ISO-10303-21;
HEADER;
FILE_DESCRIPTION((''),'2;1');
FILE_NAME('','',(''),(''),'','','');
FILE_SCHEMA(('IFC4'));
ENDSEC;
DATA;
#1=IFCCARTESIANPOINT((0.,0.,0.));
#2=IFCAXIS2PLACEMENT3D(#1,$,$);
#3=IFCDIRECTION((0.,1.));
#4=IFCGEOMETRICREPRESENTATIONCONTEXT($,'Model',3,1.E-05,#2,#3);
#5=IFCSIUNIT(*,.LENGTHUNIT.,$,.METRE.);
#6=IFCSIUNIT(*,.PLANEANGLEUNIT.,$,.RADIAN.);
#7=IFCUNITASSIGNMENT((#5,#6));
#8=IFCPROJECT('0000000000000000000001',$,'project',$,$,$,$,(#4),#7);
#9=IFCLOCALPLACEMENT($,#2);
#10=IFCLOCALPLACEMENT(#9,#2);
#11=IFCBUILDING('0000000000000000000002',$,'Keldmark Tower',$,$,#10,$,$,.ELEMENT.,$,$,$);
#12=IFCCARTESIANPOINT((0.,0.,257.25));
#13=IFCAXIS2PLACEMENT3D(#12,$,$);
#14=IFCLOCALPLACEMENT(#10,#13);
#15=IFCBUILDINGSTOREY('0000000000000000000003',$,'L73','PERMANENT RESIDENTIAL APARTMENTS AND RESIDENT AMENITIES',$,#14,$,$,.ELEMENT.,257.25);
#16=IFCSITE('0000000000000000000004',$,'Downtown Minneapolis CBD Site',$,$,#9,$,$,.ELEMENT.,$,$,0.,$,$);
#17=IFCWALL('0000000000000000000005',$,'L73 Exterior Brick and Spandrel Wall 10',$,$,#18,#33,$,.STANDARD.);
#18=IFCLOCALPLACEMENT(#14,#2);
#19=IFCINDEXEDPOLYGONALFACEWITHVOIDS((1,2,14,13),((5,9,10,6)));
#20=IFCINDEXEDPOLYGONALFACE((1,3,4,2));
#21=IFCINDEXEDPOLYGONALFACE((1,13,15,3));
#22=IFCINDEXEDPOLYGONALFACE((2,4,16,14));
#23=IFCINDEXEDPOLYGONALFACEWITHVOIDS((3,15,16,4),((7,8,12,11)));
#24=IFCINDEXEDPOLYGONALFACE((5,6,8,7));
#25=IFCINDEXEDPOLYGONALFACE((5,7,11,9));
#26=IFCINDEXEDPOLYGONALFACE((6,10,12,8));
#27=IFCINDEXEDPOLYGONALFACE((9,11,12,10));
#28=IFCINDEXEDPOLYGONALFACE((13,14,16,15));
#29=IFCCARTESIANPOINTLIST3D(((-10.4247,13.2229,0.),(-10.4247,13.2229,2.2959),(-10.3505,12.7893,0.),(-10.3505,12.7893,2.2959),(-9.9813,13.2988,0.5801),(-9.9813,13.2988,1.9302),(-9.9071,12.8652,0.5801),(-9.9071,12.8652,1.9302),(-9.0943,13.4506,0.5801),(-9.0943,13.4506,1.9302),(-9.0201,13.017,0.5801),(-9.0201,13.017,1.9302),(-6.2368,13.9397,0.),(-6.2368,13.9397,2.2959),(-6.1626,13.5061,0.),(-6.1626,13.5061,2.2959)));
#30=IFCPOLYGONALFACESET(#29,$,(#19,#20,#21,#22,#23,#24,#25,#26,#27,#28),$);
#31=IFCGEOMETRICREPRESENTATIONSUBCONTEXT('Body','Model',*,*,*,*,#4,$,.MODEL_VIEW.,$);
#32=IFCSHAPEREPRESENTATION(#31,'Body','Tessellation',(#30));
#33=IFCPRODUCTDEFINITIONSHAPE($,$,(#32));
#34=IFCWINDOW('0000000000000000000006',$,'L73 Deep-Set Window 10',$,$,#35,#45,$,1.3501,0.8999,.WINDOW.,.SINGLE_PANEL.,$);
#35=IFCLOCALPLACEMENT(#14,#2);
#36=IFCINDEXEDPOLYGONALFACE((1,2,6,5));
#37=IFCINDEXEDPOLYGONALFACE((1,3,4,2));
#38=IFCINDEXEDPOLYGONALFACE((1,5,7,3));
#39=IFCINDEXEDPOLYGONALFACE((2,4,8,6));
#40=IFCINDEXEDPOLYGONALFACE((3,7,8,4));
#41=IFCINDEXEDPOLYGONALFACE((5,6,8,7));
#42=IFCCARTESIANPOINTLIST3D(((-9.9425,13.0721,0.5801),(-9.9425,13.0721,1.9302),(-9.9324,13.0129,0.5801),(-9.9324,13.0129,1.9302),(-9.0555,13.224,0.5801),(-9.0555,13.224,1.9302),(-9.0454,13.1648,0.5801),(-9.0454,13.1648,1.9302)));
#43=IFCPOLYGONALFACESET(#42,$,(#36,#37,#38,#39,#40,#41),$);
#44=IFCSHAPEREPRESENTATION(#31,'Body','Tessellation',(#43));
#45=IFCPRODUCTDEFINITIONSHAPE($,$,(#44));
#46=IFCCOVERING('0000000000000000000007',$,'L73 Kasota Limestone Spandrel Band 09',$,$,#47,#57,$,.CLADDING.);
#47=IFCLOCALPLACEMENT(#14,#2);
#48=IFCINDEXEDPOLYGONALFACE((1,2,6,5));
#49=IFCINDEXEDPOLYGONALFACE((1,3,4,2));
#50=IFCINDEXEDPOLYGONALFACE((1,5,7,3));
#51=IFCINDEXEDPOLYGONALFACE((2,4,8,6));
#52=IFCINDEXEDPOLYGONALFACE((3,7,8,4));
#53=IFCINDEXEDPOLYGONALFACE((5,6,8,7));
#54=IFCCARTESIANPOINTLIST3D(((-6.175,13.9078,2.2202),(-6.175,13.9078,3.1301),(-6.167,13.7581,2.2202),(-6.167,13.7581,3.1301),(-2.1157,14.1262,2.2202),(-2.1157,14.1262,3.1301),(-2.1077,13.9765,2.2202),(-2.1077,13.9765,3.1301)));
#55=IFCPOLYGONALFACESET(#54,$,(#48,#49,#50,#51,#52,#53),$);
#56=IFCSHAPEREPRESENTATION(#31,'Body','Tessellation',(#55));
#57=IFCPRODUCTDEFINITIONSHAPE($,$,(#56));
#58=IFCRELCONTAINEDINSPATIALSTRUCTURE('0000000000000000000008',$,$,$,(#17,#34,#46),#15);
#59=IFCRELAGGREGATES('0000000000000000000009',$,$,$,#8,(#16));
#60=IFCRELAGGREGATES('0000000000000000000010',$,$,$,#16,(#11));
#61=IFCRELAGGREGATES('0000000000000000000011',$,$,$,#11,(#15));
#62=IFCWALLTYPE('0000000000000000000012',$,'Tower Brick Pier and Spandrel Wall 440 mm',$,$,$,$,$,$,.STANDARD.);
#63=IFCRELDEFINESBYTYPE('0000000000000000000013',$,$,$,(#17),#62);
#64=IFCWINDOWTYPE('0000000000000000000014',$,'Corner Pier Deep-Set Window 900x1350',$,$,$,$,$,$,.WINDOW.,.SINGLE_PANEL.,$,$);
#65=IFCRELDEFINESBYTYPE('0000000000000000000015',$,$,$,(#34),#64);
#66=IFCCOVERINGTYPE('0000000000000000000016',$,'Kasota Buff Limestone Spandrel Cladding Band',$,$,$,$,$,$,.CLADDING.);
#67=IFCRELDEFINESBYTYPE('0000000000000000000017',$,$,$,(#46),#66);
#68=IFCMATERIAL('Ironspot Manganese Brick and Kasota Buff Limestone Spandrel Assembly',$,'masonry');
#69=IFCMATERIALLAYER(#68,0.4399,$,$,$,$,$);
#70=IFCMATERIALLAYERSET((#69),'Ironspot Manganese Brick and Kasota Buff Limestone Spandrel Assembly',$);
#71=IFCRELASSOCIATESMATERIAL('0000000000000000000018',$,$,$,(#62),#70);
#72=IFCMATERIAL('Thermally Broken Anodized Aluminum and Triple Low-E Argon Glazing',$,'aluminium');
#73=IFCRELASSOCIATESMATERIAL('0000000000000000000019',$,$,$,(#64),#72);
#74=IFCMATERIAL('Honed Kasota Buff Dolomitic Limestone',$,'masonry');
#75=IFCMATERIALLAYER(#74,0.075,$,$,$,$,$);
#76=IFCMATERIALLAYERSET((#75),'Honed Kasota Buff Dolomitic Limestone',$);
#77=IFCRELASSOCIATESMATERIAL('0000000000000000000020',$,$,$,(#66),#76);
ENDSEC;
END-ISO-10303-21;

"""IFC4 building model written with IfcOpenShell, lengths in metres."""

from ifc_helpers import new_model, si_unit, direction, frame, frame_2d, origin, origin_2d, place, context, subcontext, project, spatial, rectangle, extrude, material, layer, layer_set, type_object, element, fill, save


model = new_model("IFC4")

# Units and contexts
model_context = context("Model", 3, precision=1e-05, world=origin(), true_north=direction((0.0, 1.0)))
body_context = subcontext(model_context, "Body", "Model", "MODEL_VIEW")
ifc_project = project(units=[si_unit("LENGTHUNIT", "METRE"), si_unit("PLANEANGLEUNIT", "RADIAN")], contexts=[model_context])

# Site, building, storey
site_placement = place(None, origin())
site = spatial("IfcSite", under=ifc_project, at=site_placement, Name="Downtown Minneapolis CBD Site", CompositionType="ELEMENT", RefElevation=0.0)
building_placement = place(site_placement, origin())
building = spatial("IfcBuilding", under=site, at=building_placement, Name="Keldmark Tower", CompositionType="ELEMENT")
storey_placement = place(building_placement, frame((0.0, 0.0, 257.25)))
storey = spatial("IfcBuildingStorey", under=building, at=storey_placement, Name="L73", Description="PERMANENT RESIDENTIAL APARTMENTS AND RESIDENT AMENITIES", CompositionType="ELEMENT", Elevation=257.25)

# Wall, opening, window
ifc_material_1 = material(Name="Ironspot Manganese Brick and Kasota Buff Limestone Spandrel Assembly", Category="masonry")
ifc_layer_1 = layer(ifc_material_1, 0.4399)
ifc_layer_set_1 = layer_set([ifc_layer_1], Name="Ironspot Manganese Brick and Kasota Buff Limestone Spandrel Assembly")
wall_type_1 = type_object("IfcWallType", Name="Tower Brick Pier and Spandrel Wall 440 mm", PredefinedType="STANDARD", material=ifc_layer_set_1)
ifc_material_2 = material(Name="Thermally Broken Anodized Aluminum and Triple Low-E Argon Glazing", Category="aluminium")
window_type = type_object("IfcWindowType", Name="Corner Pier Deep-Set Window 900x1350", PartitioningType="SINGLE_PANEL", PredefinedType="WINDOW", material=ifc_material_2)
wall_1_placement = place(storey_placement, frame((-10.3877, 13.0061, 0.0), z_axis=(0.0, 0.0, 1.0), x_axis=(0.985667, 0.168702, 0.0)))
wall_1 = element("IfcWall", 1, at=wall_1_placement, inside=storey, type_object=wall_type_1, Name="L73 Exterior Brick and Spandrel Wall 10", PredefinedType="STANDARD", context=body_context, shape_type="SweptSolid", body=[
    extrude(rectangle(XDim=4.2488, YDim=0.4399, at=frame_2d((2.1245, 0.0))), origin(), (0.0, 0.0, 1.0), 2.2959),
])
opening_1_placement = place(wall_1_placement, frame((0.45, 0.0, 0.5801)))
opening_1 = element("IfcOpeningElement", 2, at=opening_1_placement, cuts=wall_1, PredefinedType="OPENING", context=body_context, shape_type="SweptSolid", body=[
    extrude(rectangle(XDim=0.8999, YDim=1.3501, at=frame_2d((0.45, 0.675))), frame((0.0, 0.23, 0.0), z_axis=(0.0, -1.0, 0.0), x_axis=(1.0, 0.0, 0.0)), (0.0, 0.0, 1.0), 0.46),
])
window_1_placement = place(opening_1_placement, origin())
window_1 = element("IfcWindow", 3, at=window_1_placement, inside=storey, type_object=window_type, Name="L73 Deep-Set Window 10", OverallHeight=1.3501, OverallWidth=0.8999, PartitioningType="SINGLE_PANEL", PredefinedType="WINDOW", context=body_context, shape_type="SweptSolid", body=[
    extrude(rectangle(XDim=0.8999, YDim=1.3501, at=frame_2d((0.45, 0.675))), frame((0.0, -0.01, 0.0), z_axis=(0.0, -1.0, 0.0), x_axis=(1.0, 0.0, 0.0)), (0.0, 0.0, 1.0), 0.0601),
])
fill(opening_1, window_1)

# Covering
ifc_material_3 = material(Name="Honed Kasota Buff Dolomitic Limestone", Category="masonry")
ifc_layer_2 = layer(ifc_material_3, 0.075)
ifc_layer_set_2 = layer_set([ifc_layer_2], Name="Honed Kasota Buff Dolomitic Limestone")
covering_type = type_object("IfcCoveringType", Name="Kasota Buff Limestone Spandrel Cladding Band", PredefinedType="CLADDING", material=ifc_layer_set_2)
covering_placement = place(storey_placement, frame((-4.1414, 13.9421, 2.2202), z_axis=(0.0, 0.0, 1.0), x_axis=(-0.998556, -0.053713, 0.0)))
element("IfcCovering", 4, at=covering_placement, inside=storey, type_object=covering_type, Name="L73 Kasota Limestone Spandrel Band 09", PredefinedType="CLADDING", context=body_context, shape_type="SweptSolid", body=[
    extrude(rectangle(XDim=4.0652, YDim=0.1499, at=origin_2d()), origin(), (0.0, 0.0, 1.0), 0.9099),
])

save(model, "model.ifc")
